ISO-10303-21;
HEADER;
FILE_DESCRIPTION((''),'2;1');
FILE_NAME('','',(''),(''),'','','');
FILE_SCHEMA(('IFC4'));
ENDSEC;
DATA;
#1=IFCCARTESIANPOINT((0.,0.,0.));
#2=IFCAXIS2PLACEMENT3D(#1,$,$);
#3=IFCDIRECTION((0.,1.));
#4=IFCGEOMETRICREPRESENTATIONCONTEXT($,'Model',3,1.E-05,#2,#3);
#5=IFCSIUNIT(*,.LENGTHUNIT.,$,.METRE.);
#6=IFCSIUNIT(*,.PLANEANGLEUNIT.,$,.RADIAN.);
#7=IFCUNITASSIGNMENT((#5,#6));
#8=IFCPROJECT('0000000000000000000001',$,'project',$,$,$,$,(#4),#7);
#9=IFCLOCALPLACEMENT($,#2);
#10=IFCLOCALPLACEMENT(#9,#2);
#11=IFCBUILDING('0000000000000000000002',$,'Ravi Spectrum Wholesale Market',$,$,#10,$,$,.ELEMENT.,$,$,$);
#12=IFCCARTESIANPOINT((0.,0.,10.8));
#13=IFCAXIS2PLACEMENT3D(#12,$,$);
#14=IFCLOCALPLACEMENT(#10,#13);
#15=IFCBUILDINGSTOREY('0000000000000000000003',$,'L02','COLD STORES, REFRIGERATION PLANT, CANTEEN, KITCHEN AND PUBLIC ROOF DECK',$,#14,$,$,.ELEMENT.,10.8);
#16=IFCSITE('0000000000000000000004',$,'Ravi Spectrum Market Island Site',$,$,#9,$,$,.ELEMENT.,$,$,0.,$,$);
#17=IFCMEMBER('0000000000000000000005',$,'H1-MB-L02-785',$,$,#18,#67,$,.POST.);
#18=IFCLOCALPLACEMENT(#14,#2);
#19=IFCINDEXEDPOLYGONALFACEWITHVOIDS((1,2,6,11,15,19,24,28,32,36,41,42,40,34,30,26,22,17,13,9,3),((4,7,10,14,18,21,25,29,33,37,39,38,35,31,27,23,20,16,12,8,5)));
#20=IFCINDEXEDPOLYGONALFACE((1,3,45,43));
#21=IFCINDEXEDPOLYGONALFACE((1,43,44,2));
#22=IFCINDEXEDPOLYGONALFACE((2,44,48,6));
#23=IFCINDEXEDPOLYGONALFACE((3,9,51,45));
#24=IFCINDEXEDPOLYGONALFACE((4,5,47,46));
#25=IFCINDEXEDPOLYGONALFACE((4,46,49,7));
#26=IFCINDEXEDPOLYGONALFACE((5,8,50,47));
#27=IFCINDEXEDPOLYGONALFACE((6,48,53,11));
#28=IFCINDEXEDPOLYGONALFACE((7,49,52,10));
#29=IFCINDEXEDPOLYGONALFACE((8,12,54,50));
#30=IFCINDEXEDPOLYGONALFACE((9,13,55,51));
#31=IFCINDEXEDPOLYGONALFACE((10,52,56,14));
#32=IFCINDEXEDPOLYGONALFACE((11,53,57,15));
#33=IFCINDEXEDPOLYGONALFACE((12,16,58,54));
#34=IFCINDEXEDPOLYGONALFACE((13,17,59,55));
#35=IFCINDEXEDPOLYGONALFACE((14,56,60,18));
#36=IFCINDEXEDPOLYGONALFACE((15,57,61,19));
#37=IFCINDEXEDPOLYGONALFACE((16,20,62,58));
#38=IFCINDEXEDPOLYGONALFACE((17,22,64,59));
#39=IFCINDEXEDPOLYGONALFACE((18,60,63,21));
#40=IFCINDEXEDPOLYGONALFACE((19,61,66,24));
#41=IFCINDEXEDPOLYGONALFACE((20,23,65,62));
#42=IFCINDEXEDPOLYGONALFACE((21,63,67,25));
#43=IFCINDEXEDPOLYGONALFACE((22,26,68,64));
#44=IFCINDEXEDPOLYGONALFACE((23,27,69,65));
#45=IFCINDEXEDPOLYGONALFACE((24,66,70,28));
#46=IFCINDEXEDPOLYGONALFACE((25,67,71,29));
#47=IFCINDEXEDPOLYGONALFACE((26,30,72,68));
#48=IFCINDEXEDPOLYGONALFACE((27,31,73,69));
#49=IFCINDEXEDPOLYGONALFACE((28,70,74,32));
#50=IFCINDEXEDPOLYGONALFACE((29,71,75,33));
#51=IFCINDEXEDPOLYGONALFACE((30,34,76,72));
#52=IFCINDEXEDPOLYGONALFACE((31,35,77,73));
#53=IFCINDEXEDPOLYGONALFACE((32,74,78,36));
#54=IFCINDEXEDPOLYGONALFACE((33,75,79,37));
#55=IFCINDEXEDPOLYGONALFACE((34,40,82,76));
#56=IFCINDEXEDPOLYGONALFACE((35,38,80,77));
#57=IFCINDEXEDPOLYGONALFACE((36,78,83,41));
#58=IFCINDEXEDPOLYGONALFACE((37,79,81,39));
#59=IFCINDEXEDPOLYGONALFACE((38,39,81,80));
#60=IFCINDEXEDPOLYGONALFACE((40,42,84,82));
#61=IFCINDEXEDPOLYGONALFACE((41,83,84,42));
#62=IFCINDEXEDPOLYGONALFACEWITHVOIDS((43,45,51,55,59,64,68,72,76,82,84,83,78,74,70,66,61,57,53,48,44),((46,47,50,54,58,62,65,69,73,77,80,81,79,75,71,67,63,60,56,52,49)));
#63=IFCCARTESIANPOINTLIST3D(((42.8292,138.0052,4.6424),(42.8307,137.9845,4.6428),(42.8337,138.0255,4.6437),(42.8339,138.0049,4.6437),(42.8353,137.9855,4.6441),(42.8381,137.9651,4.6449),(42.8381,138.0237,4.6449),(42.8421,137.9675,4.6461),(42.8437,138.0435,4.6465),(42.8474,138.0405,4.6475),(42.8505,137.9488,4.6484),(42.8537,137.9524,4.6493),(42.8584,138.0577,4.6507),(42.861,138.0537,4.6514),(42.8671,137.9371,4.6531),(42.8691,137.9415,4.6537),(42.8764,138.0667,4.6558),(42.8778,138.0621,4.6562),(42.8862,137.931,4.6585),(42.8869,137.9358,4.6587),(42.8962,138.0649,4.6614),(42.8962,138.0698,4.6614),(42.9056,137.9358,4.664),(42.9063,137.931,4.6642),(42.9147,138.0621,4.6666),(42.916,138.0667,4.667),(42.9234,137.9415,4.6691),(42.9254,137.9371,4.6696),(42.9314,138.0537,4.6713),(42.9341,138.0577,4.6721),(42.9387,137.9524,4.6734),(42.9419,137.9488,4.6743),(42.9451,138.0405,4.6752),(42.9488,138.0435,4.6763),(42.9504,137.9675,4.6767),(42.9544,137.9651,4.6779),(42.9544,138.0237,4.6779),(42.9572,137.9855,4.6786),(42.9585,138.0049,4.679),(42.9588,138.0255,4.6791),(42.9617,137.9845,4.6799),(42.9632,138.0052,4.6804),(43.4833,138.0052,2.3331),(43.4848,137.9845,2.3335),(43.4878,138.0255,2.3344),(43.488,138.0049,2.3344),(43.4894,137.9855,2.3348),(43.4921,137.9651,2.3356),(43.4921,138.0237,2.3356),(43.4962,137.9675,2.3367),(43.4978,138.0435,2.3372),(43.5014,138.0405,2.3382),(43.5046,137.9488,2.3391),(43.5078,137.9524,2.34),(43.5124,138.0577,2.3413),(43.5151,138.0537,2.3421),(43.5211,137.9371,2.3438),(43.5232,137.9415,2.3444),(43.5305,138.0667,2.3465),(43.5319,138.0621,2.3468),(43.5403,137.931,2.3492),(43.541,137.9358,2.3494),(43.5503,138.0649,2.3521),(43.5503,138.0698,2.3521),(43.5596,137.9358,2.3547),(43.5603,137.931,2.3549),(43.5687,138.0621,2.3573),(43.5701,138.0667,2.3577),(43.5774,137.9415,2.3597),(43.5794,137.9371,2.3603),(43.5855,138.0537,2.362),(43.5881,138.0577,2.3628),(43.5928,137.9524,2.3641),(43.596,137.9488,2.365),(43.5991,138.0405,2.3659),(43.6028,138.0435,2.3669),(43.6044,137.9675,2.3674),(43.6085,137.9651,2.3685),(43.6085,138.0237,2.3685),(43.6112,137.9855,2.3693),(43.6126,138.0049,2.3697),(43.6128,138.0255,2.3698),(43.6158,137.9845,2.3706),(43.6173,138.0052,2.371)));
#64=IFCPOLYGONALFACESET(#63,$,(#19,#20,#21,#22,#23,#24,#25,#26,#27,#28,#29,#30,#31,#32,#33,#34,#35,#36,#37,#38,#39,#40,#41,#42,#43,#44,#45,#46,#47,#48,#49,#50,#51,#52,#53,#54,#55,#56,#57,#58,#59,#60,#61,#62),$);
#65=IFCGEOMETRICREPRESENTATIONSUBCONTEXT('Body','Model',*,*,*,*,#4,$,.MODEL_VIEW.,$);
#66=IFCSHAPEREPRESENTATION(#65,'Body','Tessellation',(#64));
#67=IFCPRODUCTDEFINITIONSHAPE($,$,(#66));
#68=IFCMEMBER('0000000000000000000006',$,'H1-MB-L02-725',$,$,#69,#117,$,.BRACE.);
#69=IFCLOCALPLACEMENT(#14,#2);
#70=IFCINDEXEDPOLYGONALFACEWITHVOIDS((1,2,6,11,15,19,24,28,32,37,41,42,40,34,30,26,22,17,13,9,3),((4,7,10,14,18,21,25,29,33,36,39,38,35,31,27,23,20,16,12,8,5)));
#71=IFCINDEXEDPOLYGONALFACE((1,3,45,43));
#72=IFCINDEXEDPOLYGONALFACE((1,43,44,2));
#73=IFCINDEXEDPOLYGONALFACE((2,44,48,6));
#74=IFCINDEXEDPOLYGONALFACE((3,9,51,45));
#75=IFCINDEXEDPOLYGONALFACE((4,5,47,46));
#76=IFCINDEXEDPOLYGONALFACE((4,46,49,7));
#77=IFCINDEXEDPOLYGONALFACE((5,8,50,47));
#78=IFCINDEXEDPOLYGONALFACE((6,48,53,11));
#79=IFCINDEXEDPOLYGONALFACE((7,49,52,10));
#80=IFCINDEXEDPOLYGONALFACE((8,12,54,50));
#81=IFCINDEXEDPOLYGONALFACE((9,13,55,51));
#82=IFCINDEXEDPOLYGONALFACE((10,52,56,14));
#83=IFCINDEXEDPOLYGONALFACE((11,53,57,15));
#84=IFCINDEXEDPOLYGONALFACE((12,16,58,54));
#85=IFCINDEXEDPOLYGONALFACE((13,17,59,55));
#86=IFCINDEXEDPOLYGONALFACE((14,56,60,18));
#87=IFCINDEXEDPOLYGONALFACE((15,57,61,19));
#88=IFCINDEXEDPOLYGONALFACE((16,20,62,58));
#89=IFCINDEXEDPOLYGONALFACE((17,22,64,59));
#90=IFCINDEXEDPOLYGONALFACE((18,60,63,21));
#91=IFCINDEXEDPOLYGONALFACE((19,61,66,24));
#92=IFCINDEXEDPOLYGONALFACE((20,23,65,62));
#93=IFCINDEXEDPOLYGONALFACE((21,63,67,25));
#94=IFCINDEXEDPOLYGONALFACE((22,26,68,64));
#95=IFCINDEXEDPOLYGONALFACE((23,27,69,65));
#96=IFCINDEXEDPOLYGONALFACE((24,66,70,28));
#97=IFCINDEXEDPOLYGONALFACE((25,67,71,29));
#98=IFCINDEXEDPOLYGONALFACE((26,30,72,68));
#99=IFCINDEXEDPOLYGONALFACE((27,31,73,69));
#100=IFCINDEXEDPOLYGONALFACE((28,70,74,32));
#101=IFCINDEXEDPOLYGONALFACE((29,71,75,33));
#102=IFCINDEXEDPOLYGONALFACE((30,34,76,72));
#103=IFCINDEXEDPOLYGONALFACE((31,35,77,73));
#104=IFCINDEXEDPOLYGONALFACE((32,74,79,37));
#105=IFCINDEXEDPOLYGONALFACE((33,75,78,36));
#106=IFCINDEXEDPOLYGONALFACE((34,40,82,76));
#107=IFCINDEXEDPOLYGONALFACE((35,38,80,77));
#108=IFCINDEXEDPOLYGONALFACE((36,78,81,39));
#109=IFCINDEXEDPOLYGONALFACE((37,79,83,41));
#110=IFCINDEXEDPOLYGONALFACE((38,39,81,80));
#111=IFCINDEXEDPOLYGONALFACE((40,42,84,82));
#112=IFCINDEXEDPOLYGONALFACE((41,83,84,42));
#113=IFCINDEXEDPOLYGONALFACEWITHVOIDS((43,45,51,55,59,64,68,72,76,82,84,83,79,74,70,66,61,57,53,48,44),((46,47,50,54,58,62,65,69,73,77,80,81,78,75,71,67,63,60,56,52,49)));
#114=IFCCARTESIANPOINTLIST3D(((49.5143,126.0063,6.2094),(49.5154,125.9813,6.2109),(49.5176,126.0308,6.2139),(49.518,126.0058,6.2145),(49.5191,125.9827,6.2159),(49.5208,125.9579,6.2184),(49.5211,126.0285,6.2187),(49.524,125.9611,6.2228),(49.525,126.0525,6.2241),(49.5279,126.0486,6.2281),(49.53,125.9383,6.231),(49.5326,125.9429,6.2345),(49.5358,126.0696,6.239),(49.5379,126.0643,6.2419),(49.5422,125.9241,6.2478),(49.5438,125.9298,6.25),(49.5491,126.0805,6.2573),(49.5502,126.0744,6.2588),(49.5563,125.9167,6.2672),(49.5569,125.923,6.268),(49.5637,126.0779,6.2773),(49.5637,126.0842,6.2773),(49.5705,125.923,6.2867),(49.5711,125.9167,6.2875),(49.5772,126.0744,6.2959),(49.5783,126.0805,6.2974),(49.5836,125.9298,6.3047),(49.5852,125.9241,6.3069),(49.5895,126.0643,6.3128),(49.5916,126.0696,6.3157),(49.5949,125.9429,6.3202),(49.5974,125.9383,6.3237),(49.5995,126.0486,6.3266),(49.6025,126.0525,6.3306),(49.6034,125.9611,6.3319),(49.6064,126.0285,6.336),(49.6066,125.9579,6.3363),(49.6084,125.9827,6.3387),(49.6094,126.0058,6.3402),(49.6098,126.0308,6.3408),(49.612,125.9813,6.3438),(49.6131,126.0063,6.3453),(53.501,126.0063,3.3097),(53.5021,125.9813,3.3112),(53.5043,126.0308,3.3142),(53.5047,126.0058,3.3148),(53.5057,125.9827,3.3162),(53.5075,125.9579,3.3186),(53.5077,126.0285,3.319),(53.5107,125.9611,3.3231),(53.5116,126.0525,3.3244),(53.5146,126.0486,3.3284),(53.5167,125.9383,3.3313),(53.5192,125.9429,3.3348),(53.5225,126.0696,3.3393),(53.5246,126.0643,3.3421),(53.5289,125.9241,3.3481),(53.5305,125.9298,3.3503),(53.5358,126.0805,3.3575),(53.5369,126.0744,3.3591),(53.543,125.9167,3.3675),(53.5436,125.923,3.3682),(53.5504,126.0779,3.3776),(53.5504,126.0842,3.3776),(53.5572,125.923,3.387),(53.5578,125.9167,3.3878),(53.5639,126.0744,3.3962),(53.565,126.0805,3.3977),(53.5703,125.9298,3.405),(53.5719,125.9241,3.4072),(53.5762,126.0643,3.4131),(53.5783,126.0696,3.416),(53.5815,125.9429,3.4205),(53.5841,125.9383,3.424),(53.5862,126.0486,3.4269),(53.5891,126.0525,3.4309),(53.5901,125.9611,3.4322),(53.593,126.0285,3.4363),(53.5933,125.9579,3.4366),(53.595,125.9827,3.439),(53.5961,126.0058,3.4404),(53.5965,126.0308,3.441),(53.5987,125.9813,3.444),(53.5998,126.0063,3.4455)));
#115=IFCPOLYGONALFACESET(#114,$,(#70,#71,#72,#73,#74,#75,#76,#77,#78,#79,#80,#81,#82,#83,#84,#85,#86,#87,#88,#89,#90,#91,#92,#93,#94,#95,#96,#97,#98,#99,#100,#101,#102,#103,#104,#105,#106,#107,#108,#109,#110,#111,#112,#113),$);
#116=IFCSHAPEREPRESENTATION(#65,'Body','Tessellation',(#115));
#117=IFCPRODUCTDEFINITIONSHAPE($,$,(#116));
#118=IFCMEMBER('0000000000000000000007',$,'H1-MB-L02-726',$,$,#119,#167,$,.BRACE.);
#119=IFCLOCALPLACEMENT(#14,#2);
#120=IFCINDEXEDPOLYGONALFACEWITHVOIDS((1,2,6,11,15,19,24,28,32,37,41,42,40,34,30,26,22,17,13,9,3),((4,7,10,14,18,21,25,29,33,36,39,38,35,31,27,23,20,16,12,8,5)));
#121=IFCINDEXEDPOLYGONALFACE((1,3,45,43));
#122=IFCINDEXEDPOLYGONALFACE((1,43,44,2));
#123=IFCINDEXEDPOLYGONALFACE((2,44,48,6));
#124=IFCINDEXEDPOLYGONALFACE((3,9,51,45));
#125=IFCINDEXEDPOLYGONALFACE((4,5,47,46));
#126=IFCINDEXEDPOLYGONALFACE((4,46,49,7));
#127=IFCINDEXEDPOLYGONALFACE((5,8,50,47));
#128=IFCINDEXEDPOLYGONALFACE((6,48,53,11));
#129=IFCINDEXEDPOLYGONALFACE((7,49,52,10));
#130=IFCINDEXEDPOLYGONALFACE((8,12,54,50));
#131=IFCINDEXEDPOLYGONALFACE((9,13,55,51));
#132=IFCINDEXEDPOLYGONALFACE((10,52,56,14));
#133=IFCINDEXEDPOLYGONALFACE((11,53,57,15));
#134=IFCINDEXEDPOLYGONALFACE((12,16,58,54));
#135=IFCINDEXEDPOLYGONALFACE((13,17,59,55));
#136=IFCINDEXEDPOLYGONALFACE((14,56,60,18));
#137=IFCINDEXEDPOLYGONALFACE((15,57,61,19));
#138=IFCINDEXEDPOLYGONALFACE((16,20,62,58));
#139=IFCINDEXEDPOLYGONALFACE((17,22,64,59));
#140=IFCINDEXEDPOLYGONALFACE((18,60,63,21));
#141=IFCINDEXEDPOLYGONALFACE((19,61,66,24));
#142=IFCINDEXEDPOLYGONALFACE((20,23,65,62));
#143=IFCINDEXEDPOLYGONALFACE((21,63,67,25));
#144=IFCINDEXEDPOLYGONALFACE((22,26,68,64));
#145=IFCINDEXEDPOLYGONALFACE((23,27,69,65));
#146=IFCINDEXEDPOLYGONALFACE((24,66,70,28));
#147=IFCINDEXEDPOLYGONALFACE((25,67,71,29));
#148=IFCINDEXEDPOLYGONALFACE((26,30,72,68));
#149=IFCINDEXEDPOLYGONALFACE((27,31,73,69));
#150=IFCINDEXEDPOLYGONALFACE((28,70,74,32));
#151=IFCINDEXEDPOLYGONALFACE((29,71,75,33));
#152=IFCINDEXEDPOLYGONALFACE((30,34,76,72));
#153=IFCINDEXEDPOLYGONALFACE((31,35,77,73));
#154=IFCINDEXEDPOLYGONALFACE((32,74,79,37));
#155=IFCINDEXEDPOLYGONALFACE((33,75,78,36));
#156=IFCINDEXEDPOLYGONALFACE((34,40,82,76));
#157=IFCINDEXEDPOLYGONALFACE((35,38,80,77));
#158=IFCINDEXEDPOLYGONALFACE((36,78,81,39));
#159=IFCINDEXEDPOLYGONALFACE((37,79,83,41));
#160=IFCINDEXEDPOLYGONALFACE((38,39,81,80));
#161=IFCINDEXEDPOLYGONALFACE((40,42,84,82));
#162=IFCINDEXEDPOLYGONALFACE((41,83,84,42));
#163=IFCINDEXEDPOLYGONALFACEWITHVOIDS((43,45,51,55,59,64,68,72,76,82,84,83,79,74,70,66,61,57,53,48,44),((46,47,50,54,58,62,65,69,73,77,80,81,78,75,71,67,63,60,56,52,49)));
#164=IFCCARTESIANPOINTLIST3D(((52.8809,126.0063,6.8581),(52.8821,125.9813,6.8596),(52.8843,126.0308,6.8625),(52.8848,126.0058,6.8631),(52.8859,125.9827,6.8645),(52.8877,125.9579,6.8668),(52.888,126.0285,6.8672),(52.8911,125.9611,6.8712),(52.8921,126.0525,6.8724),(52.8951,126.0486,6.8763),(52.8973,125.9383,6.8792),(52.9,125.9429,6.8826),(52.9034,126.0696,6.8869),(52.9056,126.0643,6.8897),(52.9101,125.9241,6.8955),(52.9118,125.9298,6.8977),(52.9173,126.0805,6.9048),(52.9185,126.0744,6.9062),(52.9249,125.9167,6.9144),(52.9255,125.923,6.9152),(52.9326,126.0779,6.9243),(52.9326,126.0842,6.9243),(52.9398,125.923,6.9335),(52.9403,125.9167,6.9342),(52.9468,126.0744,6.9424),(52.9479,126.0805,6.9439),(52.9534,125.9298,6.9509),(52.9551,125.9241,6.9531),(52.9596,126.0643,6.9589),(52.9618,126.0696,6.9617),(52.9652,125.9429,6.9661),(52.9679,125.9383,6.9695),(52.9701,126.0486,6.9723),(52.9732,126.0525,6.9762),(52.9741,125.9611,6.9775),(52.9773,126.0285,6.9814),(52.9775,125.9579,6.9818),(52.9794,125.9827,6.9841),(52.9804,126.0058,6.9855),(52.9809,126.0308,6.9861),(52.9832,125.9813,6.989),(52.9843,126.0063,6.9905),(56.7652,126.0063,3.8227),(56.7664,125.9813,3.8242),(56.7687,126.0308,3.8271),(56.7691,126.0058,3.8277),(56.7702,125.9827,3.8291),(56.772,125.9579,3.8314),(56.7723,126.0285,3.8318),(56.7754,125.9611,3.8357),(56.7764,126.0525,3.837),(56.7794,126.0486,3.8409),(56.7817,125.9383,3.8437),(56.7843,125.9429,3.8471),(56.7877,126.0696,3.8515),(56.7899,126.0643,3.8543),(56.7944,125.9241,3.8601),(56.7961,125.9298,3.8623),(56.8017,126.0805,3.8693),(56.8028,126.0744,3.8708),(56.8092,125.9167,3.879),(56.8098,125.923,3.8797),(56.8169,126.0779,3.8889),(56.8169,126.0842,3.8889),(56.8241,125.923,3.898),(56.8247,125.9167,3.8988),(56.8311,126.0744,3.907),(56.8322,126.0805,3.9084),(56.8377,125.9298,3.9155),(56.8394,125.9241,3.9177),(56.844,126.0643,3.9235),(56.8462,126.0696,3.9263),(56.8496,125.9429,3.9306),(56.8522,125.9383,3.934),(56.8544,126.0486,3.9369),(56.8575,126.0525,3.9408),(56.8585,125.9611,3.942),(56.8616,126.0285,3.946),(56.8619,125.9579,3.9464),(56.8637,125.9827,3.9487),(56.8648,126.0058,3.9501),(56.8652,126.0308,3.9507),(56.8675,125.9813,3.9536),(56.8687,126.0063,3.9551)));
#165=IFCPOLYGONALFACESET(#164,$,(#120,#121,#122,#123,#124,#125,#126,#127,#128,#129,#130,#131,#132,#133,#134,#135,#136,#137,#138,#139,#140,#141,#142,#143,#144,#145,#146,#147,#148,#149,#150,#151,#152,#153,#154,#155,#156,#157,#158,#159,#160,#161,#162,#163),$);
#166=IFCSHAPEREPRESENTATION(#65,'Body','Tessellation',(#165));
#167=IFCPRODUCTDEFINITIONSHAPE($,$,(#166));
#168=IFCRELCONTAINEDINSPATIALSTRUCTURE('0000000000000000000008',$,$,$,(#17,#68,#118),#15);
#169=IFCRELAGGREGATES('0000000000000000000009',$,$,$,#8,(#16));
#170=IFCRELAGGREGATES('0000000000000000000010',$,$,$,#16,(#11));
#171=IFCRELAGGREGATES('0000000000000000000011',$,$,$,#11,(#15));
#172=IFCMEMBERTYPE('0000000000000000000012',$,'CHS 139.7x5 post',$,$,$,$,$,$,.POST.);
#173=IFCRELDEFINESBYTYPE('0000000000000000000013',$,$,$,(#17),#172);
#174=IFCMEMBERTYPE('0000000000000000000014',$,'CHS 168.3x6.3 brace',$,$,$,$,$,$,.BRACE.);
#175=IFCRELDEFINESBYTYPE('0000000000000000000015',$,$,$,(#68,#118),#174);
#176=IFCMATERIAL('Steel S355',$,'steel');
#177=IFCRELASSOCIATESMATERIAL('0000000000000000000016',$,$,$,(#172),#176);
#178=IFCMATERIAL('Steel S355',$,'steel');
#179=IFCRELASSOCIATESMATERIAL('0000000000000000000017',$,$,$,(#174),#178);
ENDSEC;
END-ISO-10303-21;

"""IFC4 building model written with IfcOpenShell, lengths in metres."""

from ifc_helpers import new_model, si_unit, direction, frame, origin, origin_2d, place, context, subcontext, project, spatial, hollow_circle, extrude, material, material_profile, profile_set, type_object, element, save


model = new_model("IFC4")

# Units and contexts
model_context = context("Model", 3, precision=1e-05, world=origin(), true_north=direction((0.0, 1.0)))
body_context = subcontext(model_context, "Body", "Model", "MODEL_VIEW")
ifc_project = project(units=[si_unit("LENGTHUNIT", "METRE"), si_unit("PLANEANGLEUNIT", "RADIAN")], contexts=[model_context])

# Site, building, storey
site_placement = place(None, origin())
site = spatial("IfcSite", under=ifc_project, at=site_placement, Name="Ravi Spectrum Market Island Site", CompositionType="ELEMENT", RefElevation=0.0)
building_placement = place(site_placement, origin())
building = spatial("IfcBuilding", under=site, at=building_placement, Name="Ravi Spectrum Wholesale Market", CompositionType="ELEMENT")
storey_placement = place(building_placement, frame((0.0, 0.0, 10.8)))
storey = spatial("IfcBuildingStorey", under=building, at=storey_placement, Name="L02", Description="COLD STORES, REFRIGERATION PLANT, CANTEEN, KITCHEN AND PUBLIC ROOF DECK", CompositionType="ELEMENT", Elevation=10.8)

# Members
ifc_material_1 = material(Name="Steel S355", Category="steel")
ifc_material_profile_1 = material_profile(ifc_material_1, hollow_circle(Radius=0.0698, WallThickness=0.0049, at=origin_2d()))
ifc_profile_set_1 = profile_set([ifc_material_profile_1], Name="Steel S355")
member_type_1 = type_object("IfcMemberType", Name="CHS 139.7x5 post", PredefinedType="POST", material=ifc_profile_set_1)
member_1_placement = place(storey_placement, frame((42.8962, 138.0, 4.6614), z_axis=(0.272504, 0.0, -0.962155), x_axis=(0.0, 1.0, 0.0)))
element("IfcMember", 1, at=member_1_placement, inside=storey, type_object=member_type_1, Name="H1-MB-L02-785", PredefinedType="POST", context=body_context, shape_type="SweptSolid", body=[
    extrude(hollow_circle(Radius=0.0698, WallThickness=0.0049, at=origin_2d()), origin(), (0.0, 0.0, 1.0), 2.4001),
])
ifc_material_2 = material(Name="Steel S355", Category="steel")
ifc_material_profile_2 = material_profile(ifc_material_2, hollow_circle(Radius=0.0842, WallThickness=0.0063, at=origin_2d()))
ifc_profile_set_2 = profile_set([ifc_material_profile_2], Name="Steel S355")
member_type_2 = type_object("IfcMemberType", Name="CHS 168.3x6.3 brace", PredefinedType="BRACE", material=ifc_profile_set_2)
for number, where, z_axis, x_axis, name in (
    (2, (49.5637, 126.0, 6.2773), (0.808704, 0.0, -0.588216), (0.0, 1.0, 0.0), "H1-MB-L02-725"),
    (3, (52.9326, 126.0, 6.9243), (0.787945, 0.0, -0.615746), (0.0, 1.0, 0.0), "H1-MB-L02-726"),
):
    element("IfcMember", number, at=place(storey_placement, frame(where, z_axis=z_axis, x_axis=x_axis)), inside=storey, type_object=member_type_2, Name=name, PredefinedType="BRACE", context=body_context, shape_type="SweptSolid", body=[
        extrude(hollow_circle(Radius=0.0842, WallThickness=0.0063, at=origin_2d()), origin(), (0.0, 0.0, 1.0), 4.9297),
    ])

save(model, "model.ifc")
